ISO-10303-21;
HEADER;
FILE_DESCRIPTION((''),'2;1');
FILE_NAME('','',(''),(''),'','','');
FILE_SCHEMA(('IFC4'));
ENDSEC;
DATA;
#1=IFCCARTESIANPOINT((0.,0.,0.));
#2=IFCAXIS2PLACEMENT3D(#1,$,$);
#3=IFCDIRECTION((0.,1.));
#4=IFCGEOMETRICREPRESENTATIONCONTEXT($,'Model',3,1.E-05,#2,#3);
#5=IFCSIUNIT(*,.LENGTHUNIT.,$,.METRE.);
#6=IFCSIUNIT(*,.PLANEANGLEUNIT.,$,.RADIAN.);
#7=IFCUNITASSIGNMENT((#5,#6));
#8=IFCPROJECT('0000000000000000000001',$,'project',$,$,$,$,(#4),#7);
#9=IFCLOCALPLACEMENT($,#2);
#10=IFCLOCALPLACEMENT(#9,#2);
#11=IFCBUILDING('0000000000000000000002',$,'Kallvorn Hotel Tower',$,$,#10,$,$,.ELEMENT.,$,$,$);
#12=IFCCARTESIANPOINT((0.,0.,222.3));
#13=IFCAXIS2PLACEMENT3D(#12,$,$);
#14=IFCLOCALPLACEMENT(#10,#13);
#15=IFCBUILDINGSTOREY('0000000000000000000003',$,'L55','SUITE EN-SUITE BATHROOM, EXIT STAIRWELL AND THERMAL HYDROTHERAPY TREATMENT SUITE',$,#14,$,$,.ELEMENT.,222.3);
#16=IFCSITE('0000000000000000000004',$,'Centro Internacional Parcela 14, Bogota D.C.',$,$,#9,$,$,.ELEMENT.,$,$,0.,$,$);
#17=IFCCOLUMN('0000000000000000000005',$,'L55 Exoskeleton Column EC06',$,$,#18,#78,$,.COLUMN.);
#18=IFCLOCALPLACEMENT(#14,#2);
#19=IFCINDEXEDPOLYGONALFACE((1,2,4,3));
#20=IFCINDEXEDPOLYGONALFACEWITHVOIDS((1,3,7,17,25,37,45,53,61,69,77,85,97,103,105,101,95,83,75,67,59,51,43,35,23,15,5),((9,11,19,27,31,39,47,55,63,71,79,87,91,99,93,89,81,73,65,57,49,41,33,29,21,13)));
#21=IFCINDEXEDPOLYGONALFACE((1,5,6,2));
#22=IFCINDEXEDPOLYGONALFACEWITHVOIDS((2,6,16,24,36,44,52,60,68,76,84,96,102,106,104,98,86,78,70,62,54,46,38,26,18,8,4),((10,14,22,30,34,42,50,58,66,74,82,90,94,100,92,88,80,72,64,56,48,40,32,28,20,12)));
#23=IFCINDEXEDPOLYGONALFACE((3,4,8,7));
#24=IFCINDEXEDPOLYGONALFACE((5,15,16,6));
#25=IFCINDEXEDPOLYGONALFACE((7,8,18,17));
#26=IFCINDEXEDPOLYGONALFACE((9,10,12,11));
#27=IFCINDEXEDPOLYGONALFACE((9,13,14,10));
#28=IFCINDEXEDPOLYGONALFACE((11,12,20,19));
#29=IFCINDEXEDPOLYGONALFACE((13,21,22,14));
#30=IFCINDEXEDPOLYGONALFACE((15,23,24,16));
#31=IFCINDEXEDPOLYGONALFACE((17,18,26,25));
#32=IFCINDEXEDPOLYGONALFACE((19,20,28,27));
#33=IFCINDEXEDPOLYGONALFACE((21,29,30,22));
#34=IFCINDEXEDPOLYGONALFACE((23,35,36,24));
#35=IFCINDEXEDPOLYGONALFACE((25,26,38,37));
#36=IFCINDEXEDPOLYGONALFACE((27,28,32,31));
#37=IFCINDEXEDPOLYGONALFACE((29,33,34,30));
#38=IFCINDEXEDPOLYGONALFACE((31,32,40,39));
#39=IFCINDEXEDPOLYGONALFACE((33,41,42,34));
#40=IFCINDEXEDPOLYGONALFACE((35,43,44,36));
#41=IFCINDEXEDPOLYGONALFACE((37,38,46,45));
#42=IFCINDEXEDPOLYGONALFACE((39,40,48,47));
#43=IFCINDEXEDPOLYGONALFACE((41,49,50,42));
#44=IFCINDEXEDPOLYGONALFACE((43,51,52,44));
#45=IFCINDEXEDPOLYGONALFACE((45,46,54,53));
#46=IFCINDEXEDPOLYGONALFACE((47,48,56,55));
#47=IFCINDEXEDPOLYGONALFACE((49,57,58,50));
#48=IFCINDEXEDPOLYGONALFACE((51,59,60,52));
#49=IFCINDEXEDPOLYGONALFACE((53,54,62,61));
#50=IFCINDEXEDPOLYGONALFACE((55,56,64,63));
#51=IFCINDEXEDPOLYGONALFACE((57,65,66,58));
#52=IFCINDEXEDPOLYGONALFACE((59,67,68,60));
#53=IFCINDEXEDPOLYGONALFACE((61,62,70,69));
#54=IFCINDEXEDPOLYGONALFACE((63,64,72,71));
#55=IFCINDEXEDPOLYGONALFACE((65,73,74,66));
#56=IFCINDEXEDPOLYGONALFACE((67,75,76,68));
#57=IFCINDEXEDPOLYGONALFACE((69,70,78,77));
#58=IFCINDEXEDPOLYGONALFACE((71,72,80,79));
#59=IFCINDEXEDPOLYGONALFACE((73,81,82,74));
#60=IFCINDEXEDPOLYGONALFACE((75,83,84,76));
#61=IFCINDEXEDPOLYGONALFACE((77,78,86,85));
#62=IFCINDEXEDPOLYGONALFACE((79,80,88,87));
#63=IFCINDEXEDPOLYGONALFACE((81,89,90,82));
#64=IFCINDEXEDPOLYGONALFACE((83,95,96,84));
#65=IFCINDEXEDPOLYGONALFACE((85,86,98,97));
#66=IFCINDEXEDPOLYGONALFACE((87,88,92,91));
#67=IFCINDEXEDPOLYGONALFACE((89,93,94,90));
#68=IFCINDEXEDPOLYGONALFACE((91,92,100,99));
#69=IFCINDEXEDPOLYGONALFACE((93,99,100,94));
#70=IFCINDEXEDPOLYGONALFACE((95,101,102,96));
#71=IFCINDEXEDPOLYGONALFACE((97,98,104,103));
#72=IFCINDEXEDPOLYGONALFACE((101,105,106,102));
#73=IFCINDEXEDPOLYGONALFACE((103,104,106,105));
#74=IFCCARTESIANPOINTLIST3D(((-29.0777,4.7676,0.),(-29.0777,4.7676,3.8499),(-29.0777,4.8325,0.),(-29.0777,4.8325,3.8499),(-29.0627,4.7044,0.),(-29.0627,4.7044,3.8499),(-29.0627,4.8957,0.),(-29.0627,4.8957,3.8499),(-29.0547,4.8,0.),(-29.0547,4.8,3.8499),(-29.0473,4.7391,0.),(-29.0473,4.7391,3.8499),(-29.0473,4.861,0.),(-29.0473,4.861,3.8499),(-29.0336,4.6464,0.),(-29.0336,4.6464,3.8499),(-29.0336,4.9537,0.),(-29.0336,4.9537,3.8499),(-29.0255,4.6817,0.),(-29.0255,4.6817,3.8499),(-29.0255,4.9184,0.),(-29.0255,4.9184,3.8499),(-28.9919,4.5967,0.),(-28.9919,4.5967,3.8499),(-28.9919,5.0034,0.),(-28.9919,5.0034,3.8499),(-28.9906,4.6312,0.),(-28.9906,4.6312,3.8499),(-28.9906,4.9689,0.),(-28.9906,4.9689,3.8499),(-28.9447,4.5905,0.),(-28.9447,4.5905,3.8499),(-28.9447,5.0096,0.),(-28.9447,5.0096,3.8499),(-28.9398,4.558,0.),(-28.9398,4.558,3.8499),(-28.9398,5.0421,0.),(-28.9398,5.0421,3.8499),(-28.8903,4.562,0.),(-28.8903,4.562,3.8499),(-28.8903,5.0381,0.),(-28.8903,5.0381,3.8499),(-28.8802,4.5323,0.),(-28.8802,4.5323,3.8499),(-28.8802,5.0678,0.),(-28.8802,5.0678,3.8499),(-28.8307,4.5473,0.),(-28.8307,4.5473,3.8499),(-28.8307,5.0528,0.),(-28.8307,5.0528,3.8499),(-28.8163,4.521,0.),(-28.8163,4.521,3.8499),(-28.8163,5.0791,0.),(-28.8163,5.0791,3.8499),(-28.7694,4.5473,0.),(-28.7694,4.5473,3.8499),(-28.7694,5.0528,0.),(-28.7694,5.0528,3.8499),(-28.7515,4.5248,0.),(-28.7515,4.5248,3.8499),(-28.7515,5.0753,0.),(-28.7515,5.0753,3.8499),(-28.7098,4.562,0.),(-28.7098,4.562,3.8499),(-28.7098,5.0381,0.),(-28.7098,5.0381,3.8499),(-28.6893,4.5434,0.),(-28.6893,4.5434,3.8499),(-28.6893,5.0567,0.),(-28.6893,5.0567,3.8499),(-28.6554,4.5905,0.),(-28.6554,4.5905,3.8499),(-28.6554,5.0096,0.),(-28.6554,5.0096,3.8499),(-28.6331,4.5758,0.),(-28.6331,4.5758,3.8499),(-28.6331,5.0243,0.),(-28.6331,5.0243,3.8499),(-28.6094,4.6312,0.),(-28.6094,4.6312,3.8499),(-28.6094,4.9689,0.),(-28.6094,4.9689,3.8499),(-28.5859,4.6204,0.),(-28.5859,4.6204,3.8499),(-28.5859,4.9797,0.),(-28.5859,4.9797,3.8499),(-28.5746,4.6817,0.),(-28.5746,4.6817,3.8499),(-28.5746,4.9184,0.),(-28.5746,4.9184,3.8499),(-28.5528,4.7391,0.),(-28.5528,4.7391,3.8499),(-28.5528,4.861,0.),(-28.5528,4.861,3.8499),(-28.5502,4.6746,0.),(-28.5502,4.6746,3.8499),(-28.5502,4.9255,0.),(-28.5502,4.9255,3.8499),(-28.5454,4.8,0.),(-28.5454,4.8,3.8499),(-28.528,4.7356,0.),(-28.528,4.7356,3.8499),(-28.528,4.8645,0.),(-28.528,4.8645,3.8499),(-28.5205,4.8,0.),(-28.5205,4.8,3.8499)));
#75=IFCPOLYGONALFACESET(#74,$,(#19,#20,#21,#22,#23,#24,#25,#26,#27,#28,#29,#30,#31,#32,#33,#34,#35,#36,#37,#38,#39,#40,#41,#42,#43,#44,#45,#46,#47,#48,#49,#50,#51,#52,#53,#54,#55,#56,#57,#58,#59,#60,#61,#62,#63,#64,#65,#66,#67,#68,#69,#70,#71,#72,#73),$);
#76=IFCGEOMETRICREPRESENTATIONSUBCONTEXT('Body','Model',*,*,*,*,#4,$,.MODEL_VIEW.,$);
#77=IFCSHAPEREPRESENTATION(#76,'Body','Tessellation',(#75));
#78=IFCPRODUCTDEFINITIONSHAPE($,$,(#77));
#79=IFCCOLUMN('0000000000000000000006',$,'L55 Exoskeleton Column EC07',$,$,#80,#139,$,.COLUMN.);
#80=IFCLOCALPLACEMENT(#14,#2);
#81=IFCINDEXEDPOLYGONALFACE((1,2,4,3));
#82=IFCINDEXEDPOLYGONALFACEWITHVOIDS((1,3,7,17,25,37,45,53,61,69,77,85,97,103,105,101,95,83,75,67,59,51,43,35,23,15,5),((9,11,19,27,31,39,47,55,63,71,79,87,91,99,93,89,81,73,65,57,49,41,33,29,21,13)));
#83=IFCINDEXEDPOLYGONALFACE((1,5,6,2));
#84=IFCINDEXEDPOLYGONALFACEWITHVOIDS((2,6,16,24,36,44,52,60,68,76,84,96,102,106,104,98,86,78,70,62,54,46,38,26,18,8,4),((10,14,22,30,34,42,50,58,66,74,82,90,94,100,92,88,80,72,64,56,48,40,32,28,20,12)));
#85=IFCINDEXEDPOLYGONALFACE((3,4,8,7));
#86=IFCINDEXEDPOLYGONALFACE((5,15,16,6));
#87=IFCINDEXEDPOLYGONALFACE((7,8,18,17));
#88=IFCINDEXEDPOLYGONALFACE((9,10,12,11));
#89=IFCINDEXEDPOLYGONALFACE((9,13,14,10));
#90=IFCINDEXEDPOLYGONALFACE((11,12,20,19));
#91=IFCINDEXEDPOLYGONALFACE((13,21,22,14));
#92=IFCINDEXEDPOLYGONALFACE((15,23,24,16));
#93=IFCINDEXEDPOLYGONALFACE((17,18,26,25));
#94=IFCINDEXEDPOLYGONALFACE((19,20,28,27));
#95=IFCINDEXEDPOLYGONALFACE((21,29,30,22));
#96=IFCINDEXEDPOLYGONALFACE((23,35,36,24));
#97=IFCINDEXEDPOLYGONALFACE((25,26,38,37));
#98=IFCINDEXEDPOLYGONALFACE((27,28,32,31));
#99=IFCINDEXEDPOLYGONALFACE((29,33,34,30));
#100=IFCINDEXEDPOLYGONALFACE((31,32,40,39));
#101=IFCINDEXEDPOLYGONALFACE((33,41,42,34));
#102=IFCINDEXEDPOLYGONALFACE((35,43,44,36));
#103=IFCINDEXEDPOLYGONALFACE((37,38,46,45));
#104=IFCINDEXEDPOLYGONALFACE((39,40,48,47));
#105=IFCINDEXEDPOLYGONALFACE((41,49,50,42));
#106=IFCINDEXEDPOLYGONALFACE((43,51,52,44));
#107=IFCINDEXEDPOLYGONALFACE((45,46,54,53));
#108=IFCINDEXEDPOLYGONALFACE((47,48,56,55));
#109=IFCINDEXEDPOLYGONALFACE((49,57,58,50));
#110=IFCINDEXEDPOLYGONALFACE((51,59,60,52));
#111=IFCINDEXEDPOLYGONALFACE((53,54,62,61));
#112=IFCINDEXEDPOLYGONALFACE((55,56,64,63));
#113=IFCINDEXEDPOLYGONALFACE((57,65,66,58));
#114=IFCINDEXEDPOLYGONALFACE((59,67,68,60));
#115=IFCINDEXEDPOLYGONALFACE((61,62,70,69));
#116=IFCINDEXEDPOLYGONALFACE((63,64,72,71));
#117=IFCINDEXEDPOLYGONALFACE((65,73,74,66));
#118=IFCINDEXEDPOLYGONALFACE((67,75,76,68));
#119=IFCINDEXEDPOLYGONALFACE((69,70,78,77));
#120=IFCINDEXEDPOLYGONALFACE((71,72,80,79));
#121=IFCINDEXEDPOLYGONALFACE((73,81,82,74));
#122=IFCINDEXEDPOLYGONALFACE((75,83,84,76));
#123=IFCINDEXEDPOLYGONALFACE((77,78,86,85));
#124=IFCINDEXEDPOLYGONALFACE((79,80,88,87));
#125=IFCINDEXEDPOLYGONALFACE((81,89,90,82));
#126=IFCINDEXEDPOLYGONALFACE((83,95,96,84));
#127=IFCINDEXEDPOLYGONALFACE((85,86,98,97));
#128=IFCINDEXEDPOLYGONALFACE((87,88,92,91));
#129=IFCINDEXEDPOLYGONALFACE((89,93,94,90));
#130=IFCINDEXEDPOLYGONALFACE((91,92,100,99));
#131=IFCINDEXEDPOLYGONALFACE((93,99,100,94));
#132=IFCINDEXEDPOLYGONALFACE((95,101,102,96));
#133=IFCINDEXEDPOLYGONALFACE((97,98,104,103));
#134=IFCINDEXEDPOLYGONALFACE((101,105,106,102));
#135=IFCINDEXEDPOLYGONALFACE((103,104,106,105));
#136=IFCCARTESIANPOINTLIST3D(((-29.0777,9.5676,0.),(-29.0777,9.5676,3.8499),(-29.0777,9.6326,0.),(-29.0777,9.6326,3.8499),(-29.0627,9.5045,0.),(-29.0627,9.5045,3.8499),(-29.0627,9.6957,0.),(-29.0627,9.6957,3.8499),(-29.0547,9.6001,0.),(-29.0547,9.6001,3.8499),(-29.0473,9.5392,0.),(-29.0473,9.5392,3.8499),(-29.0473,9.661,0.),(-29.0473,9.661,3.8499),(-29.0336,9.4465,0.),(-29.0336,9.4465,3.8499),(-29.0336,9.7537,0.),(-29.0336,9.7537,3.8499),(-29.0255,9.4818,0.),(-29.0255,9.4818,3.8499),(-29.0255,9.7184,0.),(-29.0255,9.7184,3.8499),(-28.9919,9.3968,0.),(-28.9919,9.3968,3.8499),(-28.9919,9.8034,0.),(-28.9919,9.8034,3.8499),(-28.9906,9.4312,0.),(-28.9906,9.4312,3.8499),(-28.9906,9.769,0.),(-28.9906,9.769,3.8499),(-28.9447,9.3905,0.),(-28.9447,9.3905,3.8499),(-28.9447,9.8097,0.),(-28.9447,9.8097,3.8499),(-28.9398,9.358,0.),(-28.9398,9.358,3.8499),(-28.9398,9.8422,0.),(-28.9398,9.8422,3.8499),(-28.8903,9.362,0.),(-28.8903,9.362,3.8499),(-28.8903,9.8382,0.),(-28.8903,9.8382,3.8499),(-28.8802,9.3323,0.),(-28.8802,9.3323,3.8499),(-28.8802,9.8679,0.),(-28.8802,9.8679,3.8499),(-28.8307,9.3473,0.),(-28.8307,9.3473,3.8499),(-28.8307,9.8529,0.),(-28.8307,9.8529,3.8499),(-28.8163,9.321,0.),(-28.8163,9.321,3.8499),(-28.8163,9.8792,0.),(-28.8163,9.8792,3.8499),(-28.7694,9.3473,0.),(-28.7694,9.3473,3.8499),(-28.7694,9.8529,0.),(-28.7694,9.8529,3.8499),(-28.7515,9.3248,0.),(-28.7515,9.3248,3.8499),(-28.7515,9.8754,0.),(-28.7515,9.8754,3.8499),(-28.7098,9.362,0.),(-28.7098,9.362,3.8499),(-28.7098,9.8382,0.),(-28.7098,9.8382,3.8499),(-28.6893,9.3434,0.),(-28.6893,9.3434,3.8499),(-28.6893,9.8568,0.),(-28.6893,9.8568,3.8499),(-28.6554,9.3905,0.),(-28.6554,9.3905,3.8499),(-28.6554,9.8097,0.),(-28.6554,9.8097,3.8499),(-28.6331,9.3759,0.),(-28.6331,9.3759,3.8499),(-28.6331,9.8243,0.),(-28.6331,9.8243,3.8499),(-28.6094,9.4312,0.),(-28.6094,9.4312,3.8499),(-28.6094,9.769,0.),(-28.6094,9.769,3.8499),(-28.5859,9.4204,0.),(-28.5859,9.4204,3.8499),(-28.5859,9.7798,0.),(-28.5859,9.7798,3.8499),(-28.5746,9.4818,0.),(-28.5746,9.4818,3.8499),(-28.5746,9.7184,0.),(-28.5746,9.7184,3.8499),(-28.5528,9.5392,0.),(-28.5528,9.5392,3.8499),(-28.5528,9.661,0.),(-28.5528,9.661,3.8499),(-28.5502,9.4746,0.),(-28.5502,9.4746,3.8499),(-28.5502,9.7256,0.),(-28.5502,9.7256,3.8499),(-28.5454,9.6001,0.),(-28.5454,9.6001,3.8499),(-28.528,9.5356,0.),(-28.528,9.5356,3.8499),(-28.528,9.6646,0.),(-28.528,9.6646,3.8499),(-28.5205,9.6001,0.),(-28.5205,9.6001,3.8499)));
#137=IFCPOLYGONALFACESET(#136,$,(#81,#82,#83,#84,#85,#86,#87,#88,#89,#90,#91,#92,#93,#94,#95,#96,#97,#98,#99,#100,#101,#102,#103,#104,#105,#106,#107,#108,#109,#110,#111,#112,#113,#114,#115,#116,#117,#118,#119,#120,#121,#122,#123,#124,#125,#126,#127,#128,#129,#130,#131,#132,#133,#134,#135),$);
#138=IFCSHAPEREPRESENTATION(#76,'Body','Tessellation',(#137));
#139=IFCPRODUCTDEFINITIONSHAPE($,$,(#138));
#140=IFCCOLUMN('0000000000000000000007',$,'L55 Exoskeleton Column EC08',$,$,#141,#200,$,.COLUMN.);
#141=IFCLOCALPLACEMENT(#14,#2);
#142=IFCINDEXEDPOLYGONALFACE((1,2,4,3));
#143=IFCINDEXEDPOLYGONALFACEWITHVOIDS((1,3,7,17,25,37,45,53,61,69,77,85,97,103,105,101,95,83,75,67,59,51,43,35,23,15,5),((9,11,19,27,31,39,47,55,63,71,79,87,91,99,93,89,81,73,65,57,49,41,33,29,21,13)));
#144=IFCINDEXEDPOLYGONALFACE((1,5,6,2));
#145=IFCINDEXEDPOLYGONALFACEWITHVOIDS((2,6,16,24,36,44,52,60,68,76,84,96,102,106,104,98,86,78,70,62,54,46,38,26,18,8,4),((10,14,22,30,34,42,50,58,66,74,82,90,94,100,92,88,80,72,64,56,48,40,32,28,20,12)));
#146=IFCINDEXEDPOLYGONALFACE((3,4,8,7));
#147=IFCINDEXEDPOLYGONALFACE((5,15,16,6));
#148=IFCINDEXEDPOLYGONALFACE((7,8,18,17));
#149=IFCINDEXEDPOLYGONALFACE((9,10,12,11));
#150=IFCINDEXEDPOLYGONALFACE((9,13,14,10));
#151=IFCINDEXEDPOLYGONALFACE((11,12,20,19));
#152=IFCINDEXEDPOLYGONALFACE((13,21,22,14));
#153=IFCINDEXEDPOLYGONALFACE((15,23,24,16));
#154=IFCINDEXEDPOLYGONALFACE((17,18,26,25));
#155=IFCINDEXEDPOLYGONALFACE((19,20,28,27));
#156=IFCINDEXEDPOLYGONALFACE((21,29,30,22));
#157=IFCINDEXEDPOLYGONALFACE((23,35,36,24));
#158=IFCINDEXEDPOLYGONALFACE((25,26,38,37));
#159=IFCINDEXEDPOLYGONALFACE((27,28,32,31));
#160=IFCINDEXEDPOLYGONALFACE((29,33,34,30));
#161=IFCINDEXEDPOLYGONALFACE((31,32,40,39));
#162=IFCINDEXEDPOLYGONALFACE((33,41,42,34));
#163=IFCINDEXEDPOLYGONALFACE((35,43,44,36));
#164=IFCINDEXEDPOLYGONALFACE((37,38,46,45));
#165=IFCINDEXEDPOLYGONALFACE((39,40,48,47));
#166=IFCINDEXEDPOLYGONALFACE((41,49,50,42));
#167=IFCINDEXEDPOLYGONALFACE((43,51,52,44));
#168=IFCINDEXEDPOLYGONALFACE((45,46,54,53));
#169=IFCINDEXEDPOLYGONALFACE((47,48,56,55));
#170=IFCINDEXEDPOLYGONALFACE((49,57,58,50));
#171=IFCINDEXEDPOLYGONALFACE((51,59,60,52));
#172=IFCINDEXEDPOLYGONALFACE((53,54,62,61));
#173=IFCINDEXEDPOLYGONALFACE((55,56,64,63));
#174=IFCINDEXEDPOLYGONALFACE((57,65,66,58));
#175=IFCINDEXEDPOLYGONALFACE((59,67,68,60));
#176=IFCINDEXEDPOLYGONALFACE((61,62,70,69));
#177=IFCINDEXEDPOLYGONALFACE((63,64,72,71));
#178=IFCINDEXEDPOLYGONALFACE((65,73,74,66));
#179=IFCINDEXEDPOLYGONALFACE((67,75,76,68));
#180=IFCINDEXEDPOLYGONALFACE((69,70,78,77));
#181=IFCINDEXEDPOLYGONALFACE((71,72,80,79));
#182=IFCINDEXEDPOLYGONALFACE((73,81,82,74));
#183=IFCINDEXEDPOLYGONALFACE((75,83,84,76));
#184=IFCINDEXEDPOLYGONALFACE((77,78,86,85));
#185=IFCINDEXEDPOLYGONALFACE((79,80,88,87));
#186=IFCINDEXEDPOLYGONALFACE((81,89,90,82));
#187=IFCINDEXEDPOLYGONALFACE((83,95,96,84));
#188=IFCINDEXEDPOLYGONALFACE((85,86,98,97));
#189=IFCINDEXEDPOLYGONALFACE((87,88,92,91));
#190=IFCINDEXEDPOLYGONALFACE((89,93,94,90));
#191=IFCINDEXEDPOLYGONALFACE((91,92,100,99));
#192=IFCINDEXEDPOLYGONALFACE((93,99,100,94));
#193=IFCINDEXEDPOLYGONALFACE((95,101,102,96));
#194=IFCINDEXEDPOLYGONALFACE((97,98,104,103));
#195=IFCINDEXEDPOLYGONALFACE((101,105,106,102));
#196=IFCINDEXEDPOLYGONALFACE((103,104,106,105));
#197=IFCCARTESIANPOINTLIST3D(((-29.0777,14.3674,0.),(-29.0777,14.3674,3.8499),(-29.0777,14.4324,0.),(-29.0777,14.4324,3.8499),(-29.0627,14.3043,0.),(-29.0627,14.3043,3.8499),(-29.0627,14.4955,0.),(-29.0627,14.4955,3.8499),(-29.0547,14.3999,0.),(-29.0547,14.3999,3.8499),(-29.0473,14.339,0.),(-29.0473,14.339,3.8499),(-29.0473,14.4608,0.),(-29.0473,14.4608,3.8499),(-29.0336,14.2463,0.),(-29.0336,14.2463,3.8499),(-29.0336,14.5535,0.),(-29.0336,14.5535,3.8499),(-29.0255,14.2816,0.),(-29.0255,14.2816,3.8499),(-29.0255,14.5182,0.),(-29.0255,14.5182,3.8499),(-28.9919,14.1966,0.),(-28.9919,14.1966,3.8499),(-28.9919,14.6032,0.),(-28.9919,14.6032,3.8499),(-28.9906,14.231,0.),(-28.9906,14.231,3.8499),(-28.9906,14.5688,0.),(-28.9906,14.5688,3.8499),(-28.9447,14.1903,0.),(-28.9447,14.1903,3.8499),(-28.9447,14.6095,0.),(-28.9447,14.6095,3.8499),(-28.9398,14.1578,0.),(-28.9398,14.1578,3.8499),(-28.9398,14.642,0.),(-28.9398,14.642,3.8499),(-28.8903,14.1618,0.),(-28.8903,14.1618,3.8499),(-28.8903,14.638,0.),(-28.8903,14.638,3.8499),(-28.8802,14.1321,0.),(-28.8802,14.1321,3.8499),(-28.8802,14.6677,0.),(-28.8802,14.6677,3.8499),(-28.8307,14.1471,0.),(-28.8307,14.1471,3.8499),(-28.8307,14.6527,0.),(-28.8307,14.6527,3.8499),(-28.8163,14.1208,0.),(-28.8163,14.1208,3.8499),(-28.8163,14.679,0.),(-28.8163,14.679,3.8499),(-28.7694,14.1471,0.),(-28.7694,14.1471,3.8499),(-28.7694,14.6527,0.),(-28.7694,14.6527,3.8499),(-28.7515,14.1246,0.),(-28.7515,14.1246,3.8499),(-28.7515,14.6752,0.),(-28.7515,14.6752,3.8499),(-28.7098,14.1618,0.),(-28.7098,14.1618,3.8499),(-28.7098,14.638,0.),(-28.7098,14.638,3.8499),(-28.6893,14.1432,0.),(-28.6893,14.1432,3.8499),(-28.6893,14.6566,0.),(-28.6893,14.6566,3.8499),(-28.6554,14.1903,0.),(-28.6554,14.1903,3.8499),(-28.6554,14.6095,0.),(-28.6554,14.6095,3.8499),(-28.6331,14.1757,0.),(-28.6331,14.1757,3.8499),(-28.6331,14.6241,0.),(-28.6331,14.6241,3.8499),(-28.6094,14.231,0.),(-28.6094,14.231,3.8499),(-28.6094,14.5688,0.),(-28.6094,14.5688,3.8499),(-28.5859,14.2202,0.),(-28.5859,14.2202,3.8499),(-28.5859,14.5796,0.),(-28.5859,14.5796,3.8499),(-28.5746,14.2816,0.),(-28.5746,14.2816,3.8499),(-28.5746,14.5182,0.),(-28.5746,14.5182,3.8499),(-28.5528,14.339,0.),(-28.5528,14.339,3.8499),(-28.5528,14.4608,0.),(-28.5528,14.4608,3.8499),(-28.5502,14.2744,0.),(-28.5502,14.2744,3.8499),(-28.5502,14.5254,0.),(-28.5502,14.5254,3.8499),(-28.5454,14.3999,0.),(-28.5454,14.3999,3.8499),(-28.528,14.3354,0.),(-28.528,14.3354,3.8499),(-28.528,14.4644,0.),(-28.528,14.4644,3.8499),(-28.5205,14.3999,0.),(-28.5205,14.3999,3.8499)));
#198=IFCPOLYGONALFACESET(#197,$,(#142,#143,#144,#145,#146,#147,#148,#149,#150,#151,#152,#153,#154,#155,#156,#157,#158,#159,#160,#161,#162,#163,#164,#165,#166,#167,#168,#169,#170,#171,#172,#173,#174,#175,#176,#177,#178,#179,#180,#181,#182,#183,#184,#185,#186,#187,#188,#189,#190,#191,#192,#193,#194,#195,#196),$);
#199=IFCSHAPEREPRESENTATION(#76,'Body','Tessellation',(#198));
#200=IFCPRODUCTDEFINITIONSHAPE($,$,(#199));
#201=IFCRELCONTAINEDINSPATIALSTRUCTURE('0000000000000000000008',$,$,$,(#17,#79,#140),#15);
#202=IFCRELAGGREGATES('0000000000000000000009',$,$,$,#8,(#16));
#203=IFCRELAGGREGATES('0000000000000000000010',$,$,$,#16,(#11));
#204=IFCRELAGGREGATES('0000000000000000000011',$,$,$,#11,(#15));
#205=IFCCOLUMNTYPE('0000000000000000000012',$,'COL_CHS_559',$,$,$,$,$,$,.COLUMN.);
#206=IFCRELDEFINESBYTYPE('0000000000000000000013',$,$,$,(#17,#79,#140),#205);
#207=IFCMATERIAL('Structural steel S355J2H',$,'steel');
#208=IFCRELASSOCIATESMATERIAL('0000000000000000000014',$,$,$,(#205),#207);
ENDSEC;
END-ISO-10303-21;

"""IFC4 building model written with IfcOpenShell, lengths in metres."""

from ifc_helpers import new_model, si_unit, direction, frame, origin, origin_2d, place, context, subcontext, project, spatial, hollow_circle, extrude, material, material_profile, profile_set, type_object, element, save


model = new_model("IFC4")

# Units and contexts
model_context = context("Model", 3, precision=1e-05, world=origin(), true_north=direction((0.0, 1.0)))
body_context = subcontext(model_context, "Body", "Model", "MODEL_VIEW")
ifc_project = project(units=[si_unit("LENGTHUNIT", "METRE"), si_unit("PLANEANGLEUNIT", "RADIAN")], contexts=[model_context])

# Site, building, storey
site_placement = place(None, origin())
site = spatial("IfcSite", under=ifc_project, at=site_placement, Name="Centro Internacional Parcela 14, Bogota D.C.", CompositionType="ELEMENT", RefElevation=0.0)
building_placement = place(site_placement, origin())
building = spatial("IfcBuilding", under=site, at=building_placement, Name="Kallvorn Hotel Tower", CompositionType="ELEMENT")
storey_placement = place(building_placement, frame((0.0, 0.0, 222.3)))
storey = spatial("IfcBuildingStorey", under=building, at=storey_placement, Name="L55", Description="SUITE EN-SUITE BATHROOM, EXIT STAIRWELL AND THERMAL HYDROTHERAPY TREATMENT SUITE", CompositionType="ELEMENT", Elevation=222.3)

# Columns
ifc_material_1 = material(Name="Structural steel S355J2H", Category="steel")
ifc_material_profile_1 = material_profile(ifc_material_1, hollow_circle(Radius=0.2795, WallThickness=0.0249, at=origin_2d()), Name="CHS 559x25")
ifc_profile_set_1 = profile_set([ifc_material_profile_1], Name="Structural steel S355J2H")
column_type_1 = type_object("IfcColumnType", Name="COL_CHS_559", PredefinedType="COLUMN", material=ifc_profile_set_1)
for number, where, z_axis, x_axis, name in (
    (1, (-28.8, 4.8, 0.0), (0.0, 0.0, 1.0), (1.0, 0.0, 0.0), "L55 Exoskeleton Column EC06"),
    (2, (-28.8, 9.6001, 0.0), (0.0, 0.0, 1.0), (1.0, 0.0, 0.0), "L55 Exoskeleton Column EC07"),
    (3, (-28.8, 14.3999, 0.0), (0.0, 0.0, 1.0), (1.0, 0.0, 0.0), "L55 Exoskeleton Column EC08"),
):
    element("IfcColumn", number, at=place(storey_placement, frame(where, z_axis=z_axis, x_axis=x_axis)), inside=storey, type_object=column_type_1, Name=name, PredefinedType="COLUMN", context=body_context, shape_type="SweptSolid", body=[
        extrude(hollow_circle(Radius=0.2795, WallThickness=0.0249, at=origin_2d()), origin(), (0.0, 0.0, 1.0), 3.8499),
    ])

save(model, "model.ifc")
